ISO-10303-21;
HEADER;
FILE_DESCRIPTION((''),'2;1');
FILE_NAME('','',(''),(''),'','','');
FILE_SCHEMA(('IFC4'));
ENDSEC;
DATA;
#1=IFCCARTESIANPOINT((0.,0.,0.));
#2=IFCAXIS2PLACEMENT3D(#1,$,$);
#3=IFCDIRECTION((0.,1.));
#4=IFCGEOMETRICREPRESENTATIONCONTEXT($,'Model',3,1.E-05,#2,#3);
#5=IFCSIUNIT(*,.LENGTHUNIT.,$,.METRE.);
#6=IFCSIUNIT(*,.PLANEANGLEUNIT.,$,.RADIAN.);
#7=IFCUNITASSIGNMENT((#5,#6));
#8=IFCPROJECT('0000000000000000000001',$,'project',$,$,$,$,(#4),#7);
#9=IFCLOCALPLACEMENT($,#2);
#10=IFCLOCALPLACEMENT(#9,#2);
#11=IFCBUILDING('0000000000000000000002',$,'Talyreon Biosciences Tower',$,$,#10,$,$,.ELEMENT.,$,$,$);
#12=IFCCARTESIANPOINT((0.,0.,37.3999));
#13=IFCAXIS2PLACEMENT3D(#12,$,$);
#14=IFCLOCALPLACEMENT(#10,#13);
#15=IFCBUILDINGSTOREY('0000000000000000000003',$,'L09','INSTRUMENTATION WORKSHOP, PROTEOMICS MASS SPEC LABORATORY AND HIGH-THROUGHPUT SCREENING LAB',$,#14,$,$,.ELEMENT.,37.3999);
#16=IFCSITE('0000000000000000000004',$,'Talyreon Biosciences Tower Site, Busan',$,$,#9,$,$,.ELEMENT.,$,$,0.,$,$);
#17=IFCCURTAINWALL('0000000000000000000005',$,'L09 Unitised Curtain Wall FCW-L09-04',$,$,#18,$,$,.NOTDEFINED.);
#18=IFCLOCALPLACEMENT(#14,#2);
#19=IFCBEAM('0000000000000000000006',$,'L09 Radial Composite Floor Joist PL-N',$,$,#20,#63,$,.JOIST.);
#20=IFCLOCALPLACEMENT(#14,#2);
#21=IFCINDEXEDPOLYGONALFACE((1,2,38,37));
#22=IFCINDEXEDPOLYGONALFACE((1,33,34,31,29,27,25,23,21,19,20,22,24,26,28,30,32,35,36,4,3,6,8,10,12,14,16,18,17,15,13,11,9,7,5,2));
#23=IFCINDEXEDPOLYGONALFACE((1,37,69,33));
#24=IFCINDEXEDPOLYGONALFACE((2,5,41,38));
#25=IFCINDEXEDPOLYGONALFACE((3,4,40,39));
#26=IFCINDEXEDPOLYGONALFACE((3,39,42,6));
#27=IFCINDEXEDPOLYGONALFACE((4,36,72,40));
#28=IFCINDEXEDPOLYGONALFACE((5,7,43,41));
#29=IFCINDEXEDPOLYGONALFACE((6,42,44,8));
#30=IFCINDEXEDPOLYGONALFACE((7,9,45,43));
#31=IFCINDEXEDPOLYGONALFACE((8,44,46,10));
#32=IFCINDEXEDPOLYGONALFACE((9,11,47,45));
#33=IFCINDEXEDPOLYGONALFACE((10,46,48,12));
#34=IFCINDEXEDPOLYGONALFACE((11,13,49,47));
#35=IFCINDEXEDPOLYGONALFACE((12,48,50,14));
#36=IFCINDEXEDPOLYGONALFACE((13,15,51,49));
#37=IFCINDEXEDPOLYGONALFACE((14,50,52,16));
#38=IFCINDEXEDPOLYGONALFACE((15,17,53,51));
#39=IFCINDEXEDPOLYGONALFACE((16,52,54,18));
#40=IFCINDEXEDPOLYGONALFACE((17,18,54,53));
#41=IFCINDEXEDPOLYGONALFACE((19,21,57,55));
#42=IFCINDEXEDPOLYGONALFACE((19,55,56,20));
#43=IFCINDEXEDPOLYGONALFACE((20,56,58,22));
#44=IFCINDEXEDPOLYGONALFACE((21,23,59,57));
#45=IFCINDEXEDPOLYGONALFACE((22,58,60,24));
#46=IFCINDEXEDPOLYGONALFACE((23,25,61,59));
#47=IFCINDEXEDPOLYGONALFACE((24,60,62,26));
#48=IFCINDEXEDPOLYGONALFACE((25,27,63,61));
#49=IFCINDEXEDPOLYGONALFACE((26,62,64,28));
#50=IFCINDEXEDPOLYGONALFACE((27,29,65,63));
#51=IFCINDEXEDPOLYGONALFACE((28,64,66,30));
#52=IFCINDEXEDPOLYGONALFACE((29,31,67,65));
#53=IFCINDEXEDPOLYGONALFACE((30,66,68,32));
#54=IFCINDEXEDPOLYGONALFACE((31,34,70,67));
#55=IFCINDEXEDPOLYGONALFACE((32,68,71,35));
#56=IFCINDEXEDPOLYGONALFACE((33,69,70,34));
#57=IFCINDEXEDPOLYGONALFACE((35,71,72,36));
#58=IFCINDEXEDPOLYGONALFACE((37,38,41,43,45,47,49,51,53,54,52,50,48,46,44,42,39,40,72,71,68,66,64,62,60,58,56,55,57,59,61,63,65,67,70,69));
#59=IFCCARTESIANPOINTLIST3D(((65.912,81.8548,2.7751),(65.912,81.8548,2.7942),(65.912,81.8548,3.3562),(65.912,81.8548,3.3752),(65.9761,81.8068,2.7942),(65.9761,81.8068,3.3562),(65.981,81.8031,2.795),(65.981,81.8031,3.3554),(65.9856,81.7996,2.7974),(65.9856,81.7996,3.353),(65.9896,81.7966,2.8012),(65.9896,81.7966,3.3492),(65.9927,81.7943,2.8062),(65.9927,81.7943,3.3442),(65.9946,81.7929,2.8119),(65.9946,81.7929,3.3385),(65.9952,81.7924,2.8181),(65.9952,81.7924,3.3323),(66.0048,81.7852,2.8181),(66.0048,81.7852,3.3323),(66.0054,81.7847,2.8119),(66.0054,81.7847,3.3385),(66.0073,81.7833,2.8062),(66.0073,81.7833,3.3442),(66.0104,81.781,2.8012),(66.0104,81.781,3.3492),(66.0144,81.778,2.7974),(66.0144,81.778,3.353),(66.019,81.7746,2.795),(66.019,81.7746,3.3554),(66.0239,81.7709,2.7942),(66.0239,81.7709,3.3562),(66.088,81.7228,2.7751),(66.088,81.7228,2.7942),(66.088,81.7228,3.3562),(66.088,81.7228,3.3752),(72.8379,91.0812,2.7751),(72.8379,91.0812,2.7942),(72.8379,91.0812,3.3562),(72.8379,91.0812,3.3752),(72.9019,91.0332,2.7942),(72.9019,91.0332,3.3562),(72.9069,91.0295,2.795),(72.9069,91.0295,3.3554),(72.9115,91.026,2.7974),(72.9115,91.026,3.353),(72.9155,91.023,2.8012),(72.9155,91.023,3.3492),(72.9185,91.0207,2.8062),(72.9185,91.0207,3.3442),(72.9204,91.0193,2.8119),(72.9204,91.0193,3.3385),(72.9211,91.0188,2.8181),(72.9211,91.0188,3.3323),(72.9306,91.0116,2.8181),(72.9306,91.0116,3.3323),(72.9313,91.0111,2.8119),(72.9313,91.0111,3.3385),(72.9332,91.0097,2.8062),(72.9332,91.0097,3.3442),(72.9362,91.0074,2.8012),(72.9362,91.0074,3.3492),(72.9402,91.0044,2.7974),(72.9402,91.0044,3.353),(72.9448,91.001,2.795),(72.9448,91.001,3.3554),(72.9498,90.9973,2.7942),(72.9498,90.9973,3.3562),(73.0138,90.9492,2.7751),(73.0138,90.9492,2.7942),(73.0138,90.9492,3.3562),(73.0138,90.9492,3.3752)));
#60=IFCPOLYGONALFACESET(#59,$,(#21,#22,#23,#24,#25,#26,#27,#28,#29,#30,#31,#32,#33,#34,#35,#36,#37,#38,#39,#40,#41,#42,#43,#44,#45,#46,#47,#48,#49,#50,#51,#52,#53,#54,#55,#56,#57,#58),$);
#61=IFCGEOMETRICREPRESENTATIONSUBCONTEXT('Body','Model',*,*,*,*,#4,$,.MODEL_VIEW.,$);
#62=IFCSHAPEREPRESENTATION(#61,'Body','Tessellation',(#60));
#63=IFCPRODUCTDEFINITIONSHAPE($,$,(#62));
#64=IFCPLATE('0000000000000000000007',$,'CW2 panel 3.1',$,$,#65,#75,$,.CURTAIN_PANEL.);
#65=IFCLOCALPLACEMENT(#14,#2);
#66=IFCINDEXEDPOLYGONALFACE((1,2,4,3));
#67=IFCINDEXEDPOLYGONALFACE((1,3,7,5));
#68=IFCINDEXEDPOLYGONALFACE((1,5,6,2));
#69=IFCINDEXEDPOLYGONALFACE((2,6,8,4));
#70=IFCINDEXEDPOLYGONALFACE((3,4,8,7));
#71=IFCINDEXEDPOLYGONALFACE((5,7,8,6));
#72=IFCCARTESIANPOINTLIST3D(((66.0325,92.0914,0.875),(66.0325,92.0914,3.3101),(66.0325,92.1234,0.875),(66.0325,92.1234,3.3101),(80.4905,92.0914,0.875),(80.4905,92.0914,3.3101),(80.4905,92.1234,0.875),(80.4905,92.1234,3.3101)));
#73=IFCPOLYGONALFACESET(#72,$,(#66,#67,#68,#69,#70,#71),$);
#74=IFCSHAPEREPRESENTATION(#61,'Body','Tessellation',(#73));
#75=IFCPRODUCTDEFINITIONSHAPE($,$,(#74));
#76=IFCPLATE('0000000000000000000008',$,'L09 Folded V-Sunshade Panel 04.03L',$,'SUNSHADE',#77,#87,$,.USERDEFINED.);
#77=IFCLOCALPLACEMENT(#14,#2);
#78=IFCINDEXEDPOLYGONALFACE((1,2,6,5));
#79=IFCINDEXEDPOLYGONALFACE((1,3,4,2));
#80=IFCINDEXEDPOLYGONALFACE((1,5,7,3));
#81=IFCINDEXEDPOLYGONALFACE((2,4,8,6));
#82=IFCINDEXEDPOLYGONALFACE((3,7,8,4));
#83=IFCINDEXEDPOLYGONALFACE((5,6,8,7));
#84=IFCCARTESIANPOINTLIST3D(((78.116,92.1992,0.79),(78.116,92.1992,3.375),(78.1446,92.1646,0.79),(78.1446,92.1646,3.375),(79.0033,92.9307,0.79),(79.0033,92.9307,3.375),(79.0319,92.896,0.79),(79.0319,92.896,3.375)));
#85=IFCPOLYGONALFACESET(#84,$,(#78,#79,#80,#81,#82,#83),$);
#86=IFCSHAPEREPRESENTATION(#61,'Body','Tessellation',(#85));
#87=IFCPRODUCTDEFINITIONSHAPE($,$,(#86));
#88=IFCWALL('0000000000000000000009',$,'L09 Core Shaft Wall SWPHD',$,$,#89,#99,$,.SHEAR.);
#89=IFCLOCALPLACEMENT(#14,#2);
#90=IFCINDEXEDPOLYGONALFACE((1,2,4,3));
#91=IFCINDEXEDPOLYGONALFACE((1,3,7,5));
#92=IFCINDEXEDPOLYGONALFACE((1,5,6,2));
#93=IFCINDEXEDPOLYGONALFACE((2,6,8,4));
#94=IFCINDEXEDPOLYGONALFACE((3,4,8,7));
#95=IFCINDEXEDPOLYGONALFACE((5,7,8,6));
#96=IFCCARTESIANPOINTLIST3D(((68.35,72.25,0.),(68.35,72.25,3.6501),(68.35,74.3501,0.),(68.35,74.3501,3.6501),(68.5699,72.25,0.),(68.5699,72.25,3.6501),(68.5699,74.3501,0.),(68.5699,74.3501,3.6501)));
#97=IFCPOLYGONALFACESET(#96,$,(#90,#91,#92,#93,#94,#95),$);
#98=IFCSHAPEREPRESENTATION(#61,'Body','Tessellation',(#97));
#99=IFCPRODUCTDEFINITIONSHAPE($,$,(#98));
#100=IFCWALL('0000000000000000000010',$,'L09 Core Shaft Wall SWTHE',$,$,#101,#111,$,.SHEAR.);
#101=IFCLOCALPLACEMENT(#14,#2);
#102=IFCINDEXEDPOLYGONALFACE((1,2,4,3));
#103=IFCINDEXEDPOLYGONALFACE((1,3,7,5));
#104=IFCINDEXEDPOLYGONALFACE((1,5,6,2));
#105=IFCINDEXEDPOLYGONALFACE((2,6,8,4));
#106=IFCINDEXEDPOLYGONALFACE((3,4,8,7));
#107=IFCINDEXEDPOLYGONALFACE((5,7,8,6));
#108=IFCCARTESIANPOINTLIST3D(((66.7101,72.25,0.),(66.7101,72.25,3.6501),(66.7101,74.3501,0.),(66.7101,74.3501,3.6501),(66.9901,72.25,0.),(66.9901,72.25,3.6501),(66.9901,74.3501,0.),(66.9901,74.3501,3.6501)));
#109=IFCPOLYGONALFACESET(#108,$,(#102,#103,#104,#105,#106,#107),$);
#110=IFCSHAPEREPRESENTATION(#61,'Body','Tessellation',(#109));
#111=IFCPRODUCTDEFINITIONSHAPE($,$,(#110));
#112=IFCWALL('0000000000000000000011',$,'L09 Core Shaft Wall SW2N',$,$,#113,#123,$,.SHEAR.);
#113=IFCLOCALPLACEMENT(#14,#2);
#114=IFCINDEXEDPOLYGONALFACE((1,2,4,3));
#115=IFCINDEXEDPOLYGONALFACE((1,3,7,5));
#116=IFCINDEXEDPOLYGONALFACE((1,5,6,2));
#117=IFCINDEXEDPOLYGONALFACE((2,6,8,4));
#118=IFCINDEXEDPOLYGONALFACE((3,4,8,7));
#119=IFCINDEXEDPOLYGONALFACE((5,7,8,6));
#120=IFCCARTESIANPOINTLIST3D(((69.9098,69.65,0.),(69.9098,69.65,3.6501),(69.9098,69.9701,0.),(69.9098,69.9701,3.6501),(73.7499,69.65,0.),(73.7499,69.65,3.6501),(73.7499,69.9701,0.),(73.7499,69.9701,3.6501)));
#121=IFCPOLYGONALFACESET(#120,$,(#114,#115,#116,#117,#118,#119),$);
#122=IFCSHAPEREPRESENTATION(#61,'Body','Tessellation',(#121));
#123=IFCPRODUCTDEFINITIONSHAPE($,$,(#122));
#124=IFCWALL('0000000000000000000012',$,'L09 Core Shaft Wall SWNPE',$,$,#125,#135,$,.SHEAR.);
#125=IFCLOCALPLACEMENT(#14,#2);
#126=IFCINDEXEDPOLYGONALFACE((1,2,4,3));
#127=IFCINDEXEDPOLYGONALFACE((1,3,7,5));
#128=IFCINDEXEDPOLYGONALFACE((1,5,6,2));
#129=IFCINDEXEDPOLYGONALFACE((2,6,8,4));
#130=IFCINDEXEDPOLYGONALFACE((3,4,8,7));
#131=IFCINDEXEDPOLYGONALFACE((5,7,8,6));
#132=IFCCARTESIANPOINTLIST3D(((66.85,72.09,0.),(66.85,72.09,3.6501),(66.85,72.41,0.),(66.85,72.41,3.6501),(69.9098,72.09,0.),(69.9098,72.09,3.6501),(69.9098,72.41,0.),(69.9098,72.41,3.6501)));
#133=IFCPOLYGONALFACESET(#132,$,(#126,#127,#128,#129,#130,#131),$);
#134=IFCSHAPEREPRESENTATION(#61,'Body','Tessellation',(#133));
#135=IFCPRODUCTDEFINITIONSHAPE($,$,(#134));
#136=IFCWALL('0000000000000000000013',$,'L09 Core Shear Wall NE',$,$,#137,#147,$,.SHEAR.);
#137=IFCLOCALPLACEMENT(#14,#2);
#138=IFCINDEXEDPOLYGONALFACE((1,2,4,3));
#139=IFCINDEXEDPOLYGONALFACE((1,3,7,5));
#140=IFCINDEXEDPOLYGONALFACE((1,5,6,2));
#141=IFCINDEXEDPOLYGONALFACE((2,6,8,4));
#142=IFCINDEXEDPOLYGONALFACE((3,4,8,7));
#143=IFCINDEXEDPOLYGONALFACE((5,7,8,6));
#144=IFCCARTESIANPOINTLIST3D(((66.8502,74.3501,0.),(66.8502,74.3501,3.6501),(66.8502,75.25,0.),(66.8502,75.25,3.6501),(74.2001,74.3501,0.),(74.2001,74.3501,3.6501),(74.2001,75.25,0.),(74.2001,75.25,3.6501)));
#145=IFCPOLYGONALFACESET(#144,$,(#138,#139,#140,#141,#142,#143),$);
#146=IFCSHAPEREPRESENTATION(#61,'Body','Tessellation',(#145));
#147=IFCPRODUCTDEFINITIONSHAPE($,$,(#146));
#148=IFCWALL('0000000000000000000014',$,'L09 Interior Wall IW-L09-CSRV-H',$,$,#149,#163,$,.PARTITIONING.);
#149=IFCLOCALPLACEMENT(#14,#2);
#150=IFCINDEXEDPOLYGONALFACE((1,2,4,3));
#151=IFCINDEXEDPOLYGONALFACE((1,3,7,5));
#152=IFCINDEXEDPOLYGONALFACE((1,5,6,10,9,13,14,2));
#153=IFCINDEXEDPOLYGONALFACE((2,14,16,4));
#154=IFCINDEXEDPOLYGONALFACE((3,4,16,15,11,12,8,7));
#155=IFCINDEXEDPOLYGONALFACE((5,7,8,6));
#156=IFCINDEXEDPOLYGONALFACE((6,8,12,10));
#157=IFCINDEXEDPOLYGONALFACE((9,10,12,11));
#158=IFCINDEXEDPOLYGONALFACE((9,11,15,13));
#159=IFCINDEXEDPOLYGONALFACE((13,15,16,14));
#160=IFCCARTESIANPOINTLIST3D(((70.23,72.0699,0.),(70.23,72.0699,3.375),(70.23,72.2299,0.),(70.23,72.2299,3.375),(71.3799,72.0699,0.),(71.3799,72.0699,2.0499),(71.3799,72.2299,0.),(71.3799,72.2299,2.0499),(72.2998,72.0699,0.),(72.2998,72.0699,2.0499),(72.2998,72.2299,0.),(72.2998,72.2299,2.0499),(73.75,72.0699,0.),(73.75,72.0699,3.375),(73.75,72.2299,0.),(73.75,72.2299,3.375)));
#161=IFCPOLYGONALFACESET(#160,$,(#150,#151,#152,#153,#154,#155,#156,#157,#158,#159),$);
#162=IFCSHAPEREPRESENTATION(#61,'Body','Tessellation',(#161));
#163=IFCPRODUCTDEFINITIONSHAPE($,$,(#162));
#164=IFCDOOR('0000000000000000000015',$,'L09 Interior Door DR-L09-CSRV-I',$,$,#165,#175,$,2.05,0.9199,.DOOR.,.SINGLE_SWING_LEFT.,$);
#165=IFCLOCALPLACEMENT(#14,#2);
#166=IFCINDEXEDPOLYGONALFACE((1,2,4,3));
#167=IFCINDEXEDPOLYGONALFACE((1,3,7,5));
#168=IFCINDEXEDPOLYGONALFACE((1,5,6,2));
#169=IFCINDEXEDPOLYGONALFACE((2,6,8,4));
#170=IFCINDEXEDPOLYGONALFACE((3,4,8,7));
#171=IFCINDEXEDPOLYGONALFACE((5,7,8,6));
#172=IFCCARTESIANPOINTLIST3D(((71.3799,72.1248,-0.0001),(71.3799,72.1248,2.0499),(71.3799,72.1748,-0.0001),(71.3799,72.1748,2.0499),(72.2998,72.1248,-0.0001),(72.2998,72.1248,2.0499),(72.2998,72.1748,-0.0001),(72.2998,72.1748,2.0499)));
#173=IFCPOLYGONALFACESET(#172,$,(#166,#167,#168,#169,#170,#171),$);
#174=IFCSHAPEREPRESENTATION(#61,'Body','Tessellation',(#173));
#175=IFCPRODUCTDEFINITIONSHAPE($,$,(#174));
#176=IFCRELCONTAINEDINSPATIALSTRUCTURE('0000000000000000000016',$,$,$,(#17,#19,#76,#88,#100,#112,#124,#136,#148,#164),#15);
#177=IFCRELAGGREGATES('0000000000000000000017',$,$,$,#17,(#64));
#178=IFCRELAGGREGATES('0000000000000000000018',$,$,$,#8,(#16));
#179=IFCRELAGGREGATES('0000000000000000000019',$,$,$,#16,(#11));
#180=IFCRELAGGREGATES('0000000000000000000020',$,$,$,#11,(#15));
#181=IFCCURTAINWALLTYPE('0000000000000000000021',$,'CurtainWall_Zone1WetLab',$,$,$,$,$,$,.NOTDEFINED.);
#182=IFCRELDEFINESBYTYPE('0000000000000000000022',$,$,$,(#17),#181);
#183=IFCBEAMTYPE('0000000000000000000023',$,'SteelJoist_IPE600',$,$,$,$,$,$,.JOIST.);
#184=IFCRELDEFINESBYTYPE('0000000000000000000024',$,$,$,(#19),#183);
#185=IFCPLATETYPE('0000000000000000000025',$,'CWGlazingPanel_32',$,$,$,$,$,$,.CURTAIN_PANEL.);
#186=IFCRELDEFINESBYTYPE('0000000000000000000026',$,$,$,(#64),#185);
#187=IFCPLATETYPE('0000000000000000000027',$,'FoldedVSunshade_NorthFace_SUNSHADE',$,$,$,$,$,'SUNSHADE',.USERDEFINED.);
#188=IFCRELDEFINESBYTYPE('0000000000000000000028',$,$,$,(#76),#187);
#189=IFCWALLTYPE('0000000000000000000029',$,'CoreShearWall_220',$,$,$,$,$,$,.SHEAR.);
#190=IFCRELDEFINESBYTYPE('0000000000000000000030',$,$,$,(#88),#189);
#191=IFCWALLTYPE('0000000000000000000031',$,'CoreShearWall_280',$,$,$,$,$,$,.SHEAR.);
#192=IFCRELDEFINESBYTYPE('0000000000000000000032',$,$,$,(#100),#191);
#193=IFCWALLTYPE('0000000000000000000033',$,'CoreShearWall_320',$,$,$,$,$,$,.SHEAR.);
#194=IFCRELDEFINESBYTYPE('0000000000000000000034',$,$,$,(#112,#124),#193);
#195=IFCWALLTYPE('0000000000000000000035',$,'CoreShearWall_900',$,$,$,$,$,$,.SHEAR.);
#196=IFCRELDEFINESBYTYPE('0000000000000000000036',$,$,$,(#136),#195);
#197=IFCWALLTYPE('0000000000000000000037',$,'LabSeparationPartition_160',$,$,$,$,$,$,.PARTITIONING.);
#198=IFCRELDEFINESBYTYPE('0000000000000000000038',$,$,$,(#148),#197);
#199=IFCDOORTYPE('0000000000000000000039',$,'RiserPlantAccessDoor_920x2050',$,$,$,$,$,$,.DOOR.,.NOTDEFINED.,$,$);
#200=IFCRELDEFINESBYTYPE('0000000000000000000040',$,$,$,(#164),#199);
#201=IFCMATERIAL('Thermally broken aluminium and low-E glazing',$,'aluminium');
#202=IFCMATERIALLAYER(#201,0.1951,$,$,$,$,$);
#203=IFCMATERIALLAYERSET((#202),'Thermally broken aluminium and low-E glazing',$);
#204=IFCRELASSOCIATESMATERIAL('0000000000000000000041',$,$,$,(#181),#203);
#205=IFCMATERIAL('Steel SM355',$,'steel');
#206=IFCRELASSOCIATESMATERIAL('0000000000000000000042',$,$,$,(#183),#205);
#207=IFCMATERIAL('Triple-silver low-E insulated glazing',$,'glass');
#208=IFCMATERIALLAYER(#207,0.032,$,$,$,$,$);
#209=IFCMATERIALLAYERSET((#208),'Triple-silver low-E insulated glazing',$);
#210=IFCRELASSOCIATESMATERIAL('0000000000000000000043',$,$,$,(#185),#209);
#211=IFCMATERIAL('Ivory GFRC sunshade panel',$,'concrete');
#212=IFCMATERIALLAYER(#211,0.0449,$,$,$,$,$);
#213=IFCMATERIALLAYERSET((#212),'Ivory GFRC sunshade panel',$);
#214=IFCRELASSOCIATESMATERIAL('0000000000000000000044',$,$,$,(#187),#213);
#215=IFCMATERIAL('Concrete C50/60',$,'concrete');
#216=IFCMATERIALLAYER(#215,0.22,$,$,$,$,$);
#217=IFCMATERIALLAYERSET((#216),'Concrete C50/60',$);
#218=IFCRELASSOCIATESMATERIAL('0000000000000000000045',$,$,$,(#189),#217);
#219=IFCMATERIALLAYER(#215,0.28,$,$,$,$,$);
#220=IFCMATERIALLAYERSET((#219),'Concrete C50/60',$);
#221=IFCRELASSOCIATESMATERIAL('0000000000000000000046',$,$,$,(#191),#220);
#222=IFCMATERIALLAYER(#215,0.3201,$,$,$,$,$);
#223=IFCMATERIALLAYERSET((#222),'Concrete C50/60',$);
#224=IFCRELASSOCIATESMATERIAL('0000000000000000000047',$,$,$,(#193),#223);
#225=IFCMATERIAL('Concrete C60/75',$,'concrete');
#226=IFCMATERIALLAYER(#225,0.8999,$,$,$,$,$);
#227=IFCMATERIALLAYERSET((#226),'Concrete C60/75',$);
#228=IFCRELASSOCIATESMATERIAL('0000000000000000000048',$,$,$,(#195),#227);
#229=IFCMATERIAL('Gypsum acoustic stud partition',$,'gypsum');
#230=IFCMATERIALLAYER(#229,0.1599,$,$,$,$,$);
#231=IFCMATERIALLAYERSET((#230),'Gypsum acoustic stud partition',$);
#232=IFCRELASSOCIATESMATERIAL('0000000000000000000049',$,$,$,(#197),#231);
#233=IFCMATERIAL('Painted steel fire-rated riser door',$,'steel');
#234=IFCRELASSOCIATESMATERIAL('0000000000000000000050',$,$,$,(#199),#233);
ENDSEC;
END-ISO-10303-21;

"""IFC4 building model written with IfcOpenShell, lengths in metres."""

from ifc_helpers import new_model, si_unit, direction, frame, frame_2d, origin, origin_2d, place, context, subcontext, project, spatial, rectangle, i_section, extrude, material, layer, layer_set, material_profile, profile_set, type_object, element, fill, aggregate, save


model = new_model("IFC4")

# Units and contexts
model_context = context("Model", 3, precision=1e-05, world=origin(), true_north=direction((0.0, 1.0)))
body_context = subcontext(model_context, "Body", "Model", "MODEL_VIEW")
ifc_project = project(units=[si_unit("LENGTHUNIT", "METRE"), si_unit("PLANEANGLEUNIT", "RADIAN")], contexts=[model_context])

# Site, building, storey
site_placement = place(None, origin())
site = spatial("IfcSite", under=ifc_project, at=site_placement, Name="Talyreon Biosciences Tower Site, Busan", CompositionType="ELEMENT", RefElevation=0.0)
building_placement = place(site_placement, origin())
building = spatial("IfcBuilding", under=site, at=building_placement, Name="Talyreon Biosciences Tower", CompositionType="ELEMENT")
storey_placement = place(building_placement, frame((0.0, 0.0, 37.3999)))
storey = spatial("IfcBuildingStorey", under=building, at=storey_placement, Name="L09", Description="INSTRUMENTATION WORKSHOP, PROTEOMICS MASS SPEC LABORATORY AND HIGH-THROUGHPUT SCREENING LAB", CompositionType="ELEMENT", Elevation=37.3999)

# Shared definitions
ifc_material_1 = material(Name="Concrete C60/75", Category="concrete")

# Curtain wall
ifc_material_2 = material(Name="Thermally broken aluminium and low-E glazing", Category="aluminium")
ifc_layer_1 = layer(ifc_material_2, 0.1951)
ifc_layer_set_1 = layer_set([ifc_layer_1], Name="Thermally broken aluminium and low-E glazing")
curtain_wall_type = type_object("IfcCurtainWallType", Name="CurtainWall_Zone1WetLab", PredefinedType="NOTDEFINED", material=ifc_layer_set_1)
curtain_wall_placement = place(storey_placement, origin())
curtain_wall = element("IfcCurtainWall", 1, at=curtain_wall_placement, inside=storey, type_object=curtain_wall_type, Name="L09 Unitised Curtain Wall FCW-L09-04", PredefinedType="NOTDEFINED")

# Beam
ifc_material_3 = material(Name="Steel SM355", Category="steel")
ifc_material_profile_1 = material_profile(ifc_material_3, i_section(OverallWidth=0.22, OverallDepth=0.6001, WebThickness=0.012, FlangeThickness=0.019, FilletRadius=0.0239, at=origin_2d()), Name="IPE600")
ifc_profile_set_1 = profile_set([ifc_material_profile_1], Name="Steel SM355")
beam_type_1 = type_object("IfcBeamType", Name="SteelJoist_IPE600", PredefinedType="JOIST", material=ifc_profile_set_1)
beam_1_placement = place(storey_placement, frame((66.0, 81.7888, 3.0752), z_axis=(0.600335, 0.799749, 0.0), x_axis=(-0.799749, 0.600335, 0.0)))
element("IfcBeam", 2, at=beam_1_placement, inside=storey, type_object=beam_type_1, Name="L09 Radial Composite Floor Joist PL-N", PredefinedType="JOIST", context=body_context, shape_type="SweptSolid", body=[
    extrude(i_section(OverallWidth=0.22, OverallDepth=0.6001, WebThickness=0.012, FlangeThickness=0.019, FilletRadius=0.0239, at=origin_2d()), origin(), (0.0, 0.0, 1.0), 11.5366),
])

# Plates
ifc_material_4 = material(Name="Triple-silver low-E insulated glazing", Category="glass")
ifc_layer_2 = layer(ifc_material_4, 0.032)
ifc_layer_set_2 = layer_set([ifc_layer_2], Name="Triple-silver low-E insulated glazing")
plate_type_1 = type_object("IfcPlateType", Name="CWGlazingPanel_32", PredefinedType="CURTAIN_PANEL", material=ifc_layer_set_2)
plate_1_placement = place(storey_placement, frame((73.2615, 92.1074, 0.875), z_axis=(0.0, 0.0, 1.0), x_axis=(1.0, 0.0, 0.0)))
plate_1 = element("IfcPlate", 3, at=plate_1_placement, type_object=plate_type_1, Name="CW2 panel 3.1", PredefinedType="CURTAIN_PANEL", context=body_context, shape_type="SweptSolid", body=[
    extrude(rectangle(XDim=14.458, YDim=0.032, at=origin_2d()), origin(), (0.0, 0.0, 1.0), 2.4351),
])
aggregate(curtain_wall, [plate_1])
ifc_material_5 = material(Name="Ivory GFRC sunshade panel", Category="concrete")
ifc_layer_3 = layer(ifc_material_5, 0.0449)
ifc_layer_set_3 = layer_set([ifc_layer_3], Name="Ivory GFRC sunshade panel")
plate_type_2 = type_object("IfcPlateType", Name="FoldedVSunshade_NorthFace_SUNSHADE", ElementType="SUNSHADE", PredefinedType="USERDEFINED", material=ifc_layer_set_3)
plate_2_placement = place(storey_placement, frame((78.574, 92.5476, 0.79), z_axis=(0.0, 0.0, 1.0), x_axis=(0.771625, 0.636078, 0.0)))
element("IfcPlate", 4, at=plate_2_placement, inside=storey, type_object=plate_type_2, Name="L09 Folded V-Sunshade Panel 04.03L", ObjectType="SUNSHADE", PredefinedType="USERDEFINED", context=body_context, shape_type="SweptSolid", body=[
    extrude(rectangle(XDim=1.1499, YDim=0.0449, at=origin_2d()), origin(), (0.0, 0.0, 1.0), 2.585),
])

# Walls
ifc_material_6 = material(Name="Concrete C50/60", Category="concrete")
ifc_layer_4 = layer(ifc_material_6, 0.22)
ifc_layer_set_4 = layer_set([ifc_layer_4], Name="Concrete C50/60")
wall_type_1 = type_object("IfcWallType", Name="CoreShearWall_220", PredefinedType="SHEAR", material=ifc_layer_set_4)
wall_1_placement = place(storey_placement, frame((68.46, 72.25, 0.0), z_axis=(0.0, 0.0, 1.0), x_axis=(0.0, 1.0, 0.0)))
element("IfcWall", 5, at=wall_1_placement, inside=storey, type_object=wall_type_1, Name="L09 Core Shaft Wall SWPHD", PredefinedType="SHEAR", context=body_context, shape_type="SweptSolid", body=[
    extrude(rectangle(XDim=2.1001, YDim=0.22, at=frame_2d((1.05, 0.0))), origin(), (0.0, 0.0, 1.0), 3.6501),
])
ifc_layer_5 = layer(ifc_material_6, 0.28)
ifc_layer_set_5 = layer_set([ifc_layer_5], Name="Concrete C50/60")
wall_type_2 = type_object("IfcWallType", Name="CoreShearWall_280", PredefinedType="SHEAR", material=ifc_layer_set_5)
wall_2_placement = place(storey_placement, frame((66.8501, 72.25, 0.0), z_axis=(0.0, 0.0, 1.0), x_axis=(0.0, 1.0, 0.0)))
element("IfcWall", 6, at=wall_2_placement, inside=storey, type_object=wall_type_2, Name="L09 Core Shaft Wall SWTHE", PredefinedType="SHEAR", context=body_context, shape_type="SweptSolid", body=[
    extrude(rectangle(XDim=2.1001, YDim=0.28, at=frame_2d((1.05, 0.0))), origin(), (0.0, 0.0, 1.0), 3.6501),
])
ifc_layer_6 = layer(ifc_material_6, 0.3201)
ifc_layer_set_6 = layer_set([ifc_layer_6], Name="Concrete C50/60")
wall_type_3 = type_object("IfcWallType", Name="CoreShearWall_320", PredefinedType="SHEAR", material=ifc_layer_set_6)
wall_3_placement = place(storey_placement, frame((69.9099, 69.8101, 0.0), z_axis=(0.0, 0.0, 1.0), x_axis=(1.0, 0.0, 0.0)))
element("IfcWall", 7, at=wall_3_placement, inside=storey, type_object=wall_type_3, Name="L09 Core Shaft Wall SW2N", PredefinedType="SHEAR", context=body_context, shape_type="SweptSolid", body=[
    extrude(rectangle(XDim=3.8401, YDim=0.3201, at=frame_2d((1.9199, 0.0))), origin(), (0.0, 0.0, 1.0), 3.6501),
])
wall_4_placement = place(storey_placement, frame((66.8501, 72.25, 0.0), z_axis=(0.0, 0.0, 1.0), x_axis=(1.0, 0.0, 0.0)))
element("IfcWall", 8, at=wall_4_placement, inside=storey, type_object=wall_type_3, Name="L09 Core Shaft Wall SWNPE", PredefinedType="SHEAR", context=body_context, shape_type="SweptSolid", body=[
    extrude(rectangle(XDim=3.0598, YDim=0.3201, at=frame_2d((1.5298, 0.0))), origin(), (0.0, 0.0, 1.0), 3.6501),
])
ifc_layer_7 = layer(ifc_material_1, 0.8999)
ifc_layer_set_7 = layer_set([ifc_layer_7], Name="Concrete C60/75")
wall_type_4 = type_object("IfcWallType", Name="CoreShearWall_900", PredefinedType="SHEAR", material=ifc_layer_set_7)
wall_5_placement = place(storey_placement, frame((74.2, 74.8, 0.0), z_axis=(0.0, 0.0, 1.0), x_axis=(-1.0, 0.0, 0.0)))
element("IfcWall", 9, at=wall_5_placement, inside=storey, type_object=wall_type_4, Name="L09 Core Shear Wall NE", PredefinedType="SHEAR", context=body_context, shape_type="SweptSolid", body=[
    extrude(rectangle(XDim=7.3499, YDim=0.8999, at=frame_2d((3.6748, 0.0))), origin(), (0.0, 0.0, 1.0), 3.6501),
])

# Wall, opening, door
ifc_material_7 = material(Name="Gypsum acoustic stud partition", Category="gypsum")
ifc_layer_8 = layer(ifc_material_7, 0.1599)
ifc_layer_set_8 = layer_set([ifc_layer_8], Name="Gypsum acoustic stud partition")
wall_type_5 = type_object("IfcWallType", Name="LabSeparationPartition_160", PredefinedType="PARTITIONING", material=ifc_layer_set_8)
wall_6_placement = place(storey_placement, frame((70.23, 72.1499, 0.0), z_axis=(0.0, 0.0, 1.0), x_axis=(1.0, 0.0, 0.0)))
wall_6 = element("IfcWall", 10, at=wall_6_placement, inside=storey, type_object=wall_type_5, Name="L09 Interior Wall IW-L09-CSRV-H", PredefinedType="PARTITIONING", context=body_context, shape_type="SweptSolid", body=[
    extrude(rectangle(XDim=3.52, YDim=0.1599, at=frame_2d((1.76, 0.0))), origin(), (0.0, 0.0, 1.0), 3.375),
])
opening_placement = place(wall_6_placement, frame((1.1499, 0.0, 0.0)))
opening = element("IfcOpeningElement", 11, at=opening_placement, cuts=wall_6, PredefinedType="OPENING", context=body_context, shape_type="SweptSolid", body=[
    extrude(rectangle(XDim=0.9199, YDim=2.05, at=frame_2d((0.46, 1.0249))), frame((0.0, 0.0898, 0.0), z_axis=(0.0, -1.0, 0.0), x_axis=(1.0, 0.0, 0.0)), (0.0, 0.0, 1.0), 0.1799),
])
ifc_material_8 = material(Name="Painted steel fire-rated riser door", Category="steel")
door_type = type_object("IfcDoorType", Name="RiserPlantAccessDoor_920x2050", OperationType="NOTDEFINED", PredefinedType="DOOR", material=ifc_material_8)
door_placement = place(opening_placement, origin())
door = element("IfcDoor", 12, at=door_placement, inside=storey, type_object=door_type, Name="L09 Interior Door DR-L09-CSRV-I", OperationType="SINGLE_SWING_LEFT", OverallHeight=2.05, OverallWidth=0.9199, PredefinedType="DOOR", context=body_context, shape_type="SweptSolid", body=[
    extrude(rectangle(XDim=0.9199, YDim=2.05, at=frame_2d((0.46, 1.0249))), frame((0.0, 0.0249, 0.0), z_axis=(0.0, -1.0, 0.0), x_axis=(1.0, 0.0, 0.0)), (0.0, 0.0, 1.0), 0.05),
])
fill(opening, door)

save(model, "model.ifc")
